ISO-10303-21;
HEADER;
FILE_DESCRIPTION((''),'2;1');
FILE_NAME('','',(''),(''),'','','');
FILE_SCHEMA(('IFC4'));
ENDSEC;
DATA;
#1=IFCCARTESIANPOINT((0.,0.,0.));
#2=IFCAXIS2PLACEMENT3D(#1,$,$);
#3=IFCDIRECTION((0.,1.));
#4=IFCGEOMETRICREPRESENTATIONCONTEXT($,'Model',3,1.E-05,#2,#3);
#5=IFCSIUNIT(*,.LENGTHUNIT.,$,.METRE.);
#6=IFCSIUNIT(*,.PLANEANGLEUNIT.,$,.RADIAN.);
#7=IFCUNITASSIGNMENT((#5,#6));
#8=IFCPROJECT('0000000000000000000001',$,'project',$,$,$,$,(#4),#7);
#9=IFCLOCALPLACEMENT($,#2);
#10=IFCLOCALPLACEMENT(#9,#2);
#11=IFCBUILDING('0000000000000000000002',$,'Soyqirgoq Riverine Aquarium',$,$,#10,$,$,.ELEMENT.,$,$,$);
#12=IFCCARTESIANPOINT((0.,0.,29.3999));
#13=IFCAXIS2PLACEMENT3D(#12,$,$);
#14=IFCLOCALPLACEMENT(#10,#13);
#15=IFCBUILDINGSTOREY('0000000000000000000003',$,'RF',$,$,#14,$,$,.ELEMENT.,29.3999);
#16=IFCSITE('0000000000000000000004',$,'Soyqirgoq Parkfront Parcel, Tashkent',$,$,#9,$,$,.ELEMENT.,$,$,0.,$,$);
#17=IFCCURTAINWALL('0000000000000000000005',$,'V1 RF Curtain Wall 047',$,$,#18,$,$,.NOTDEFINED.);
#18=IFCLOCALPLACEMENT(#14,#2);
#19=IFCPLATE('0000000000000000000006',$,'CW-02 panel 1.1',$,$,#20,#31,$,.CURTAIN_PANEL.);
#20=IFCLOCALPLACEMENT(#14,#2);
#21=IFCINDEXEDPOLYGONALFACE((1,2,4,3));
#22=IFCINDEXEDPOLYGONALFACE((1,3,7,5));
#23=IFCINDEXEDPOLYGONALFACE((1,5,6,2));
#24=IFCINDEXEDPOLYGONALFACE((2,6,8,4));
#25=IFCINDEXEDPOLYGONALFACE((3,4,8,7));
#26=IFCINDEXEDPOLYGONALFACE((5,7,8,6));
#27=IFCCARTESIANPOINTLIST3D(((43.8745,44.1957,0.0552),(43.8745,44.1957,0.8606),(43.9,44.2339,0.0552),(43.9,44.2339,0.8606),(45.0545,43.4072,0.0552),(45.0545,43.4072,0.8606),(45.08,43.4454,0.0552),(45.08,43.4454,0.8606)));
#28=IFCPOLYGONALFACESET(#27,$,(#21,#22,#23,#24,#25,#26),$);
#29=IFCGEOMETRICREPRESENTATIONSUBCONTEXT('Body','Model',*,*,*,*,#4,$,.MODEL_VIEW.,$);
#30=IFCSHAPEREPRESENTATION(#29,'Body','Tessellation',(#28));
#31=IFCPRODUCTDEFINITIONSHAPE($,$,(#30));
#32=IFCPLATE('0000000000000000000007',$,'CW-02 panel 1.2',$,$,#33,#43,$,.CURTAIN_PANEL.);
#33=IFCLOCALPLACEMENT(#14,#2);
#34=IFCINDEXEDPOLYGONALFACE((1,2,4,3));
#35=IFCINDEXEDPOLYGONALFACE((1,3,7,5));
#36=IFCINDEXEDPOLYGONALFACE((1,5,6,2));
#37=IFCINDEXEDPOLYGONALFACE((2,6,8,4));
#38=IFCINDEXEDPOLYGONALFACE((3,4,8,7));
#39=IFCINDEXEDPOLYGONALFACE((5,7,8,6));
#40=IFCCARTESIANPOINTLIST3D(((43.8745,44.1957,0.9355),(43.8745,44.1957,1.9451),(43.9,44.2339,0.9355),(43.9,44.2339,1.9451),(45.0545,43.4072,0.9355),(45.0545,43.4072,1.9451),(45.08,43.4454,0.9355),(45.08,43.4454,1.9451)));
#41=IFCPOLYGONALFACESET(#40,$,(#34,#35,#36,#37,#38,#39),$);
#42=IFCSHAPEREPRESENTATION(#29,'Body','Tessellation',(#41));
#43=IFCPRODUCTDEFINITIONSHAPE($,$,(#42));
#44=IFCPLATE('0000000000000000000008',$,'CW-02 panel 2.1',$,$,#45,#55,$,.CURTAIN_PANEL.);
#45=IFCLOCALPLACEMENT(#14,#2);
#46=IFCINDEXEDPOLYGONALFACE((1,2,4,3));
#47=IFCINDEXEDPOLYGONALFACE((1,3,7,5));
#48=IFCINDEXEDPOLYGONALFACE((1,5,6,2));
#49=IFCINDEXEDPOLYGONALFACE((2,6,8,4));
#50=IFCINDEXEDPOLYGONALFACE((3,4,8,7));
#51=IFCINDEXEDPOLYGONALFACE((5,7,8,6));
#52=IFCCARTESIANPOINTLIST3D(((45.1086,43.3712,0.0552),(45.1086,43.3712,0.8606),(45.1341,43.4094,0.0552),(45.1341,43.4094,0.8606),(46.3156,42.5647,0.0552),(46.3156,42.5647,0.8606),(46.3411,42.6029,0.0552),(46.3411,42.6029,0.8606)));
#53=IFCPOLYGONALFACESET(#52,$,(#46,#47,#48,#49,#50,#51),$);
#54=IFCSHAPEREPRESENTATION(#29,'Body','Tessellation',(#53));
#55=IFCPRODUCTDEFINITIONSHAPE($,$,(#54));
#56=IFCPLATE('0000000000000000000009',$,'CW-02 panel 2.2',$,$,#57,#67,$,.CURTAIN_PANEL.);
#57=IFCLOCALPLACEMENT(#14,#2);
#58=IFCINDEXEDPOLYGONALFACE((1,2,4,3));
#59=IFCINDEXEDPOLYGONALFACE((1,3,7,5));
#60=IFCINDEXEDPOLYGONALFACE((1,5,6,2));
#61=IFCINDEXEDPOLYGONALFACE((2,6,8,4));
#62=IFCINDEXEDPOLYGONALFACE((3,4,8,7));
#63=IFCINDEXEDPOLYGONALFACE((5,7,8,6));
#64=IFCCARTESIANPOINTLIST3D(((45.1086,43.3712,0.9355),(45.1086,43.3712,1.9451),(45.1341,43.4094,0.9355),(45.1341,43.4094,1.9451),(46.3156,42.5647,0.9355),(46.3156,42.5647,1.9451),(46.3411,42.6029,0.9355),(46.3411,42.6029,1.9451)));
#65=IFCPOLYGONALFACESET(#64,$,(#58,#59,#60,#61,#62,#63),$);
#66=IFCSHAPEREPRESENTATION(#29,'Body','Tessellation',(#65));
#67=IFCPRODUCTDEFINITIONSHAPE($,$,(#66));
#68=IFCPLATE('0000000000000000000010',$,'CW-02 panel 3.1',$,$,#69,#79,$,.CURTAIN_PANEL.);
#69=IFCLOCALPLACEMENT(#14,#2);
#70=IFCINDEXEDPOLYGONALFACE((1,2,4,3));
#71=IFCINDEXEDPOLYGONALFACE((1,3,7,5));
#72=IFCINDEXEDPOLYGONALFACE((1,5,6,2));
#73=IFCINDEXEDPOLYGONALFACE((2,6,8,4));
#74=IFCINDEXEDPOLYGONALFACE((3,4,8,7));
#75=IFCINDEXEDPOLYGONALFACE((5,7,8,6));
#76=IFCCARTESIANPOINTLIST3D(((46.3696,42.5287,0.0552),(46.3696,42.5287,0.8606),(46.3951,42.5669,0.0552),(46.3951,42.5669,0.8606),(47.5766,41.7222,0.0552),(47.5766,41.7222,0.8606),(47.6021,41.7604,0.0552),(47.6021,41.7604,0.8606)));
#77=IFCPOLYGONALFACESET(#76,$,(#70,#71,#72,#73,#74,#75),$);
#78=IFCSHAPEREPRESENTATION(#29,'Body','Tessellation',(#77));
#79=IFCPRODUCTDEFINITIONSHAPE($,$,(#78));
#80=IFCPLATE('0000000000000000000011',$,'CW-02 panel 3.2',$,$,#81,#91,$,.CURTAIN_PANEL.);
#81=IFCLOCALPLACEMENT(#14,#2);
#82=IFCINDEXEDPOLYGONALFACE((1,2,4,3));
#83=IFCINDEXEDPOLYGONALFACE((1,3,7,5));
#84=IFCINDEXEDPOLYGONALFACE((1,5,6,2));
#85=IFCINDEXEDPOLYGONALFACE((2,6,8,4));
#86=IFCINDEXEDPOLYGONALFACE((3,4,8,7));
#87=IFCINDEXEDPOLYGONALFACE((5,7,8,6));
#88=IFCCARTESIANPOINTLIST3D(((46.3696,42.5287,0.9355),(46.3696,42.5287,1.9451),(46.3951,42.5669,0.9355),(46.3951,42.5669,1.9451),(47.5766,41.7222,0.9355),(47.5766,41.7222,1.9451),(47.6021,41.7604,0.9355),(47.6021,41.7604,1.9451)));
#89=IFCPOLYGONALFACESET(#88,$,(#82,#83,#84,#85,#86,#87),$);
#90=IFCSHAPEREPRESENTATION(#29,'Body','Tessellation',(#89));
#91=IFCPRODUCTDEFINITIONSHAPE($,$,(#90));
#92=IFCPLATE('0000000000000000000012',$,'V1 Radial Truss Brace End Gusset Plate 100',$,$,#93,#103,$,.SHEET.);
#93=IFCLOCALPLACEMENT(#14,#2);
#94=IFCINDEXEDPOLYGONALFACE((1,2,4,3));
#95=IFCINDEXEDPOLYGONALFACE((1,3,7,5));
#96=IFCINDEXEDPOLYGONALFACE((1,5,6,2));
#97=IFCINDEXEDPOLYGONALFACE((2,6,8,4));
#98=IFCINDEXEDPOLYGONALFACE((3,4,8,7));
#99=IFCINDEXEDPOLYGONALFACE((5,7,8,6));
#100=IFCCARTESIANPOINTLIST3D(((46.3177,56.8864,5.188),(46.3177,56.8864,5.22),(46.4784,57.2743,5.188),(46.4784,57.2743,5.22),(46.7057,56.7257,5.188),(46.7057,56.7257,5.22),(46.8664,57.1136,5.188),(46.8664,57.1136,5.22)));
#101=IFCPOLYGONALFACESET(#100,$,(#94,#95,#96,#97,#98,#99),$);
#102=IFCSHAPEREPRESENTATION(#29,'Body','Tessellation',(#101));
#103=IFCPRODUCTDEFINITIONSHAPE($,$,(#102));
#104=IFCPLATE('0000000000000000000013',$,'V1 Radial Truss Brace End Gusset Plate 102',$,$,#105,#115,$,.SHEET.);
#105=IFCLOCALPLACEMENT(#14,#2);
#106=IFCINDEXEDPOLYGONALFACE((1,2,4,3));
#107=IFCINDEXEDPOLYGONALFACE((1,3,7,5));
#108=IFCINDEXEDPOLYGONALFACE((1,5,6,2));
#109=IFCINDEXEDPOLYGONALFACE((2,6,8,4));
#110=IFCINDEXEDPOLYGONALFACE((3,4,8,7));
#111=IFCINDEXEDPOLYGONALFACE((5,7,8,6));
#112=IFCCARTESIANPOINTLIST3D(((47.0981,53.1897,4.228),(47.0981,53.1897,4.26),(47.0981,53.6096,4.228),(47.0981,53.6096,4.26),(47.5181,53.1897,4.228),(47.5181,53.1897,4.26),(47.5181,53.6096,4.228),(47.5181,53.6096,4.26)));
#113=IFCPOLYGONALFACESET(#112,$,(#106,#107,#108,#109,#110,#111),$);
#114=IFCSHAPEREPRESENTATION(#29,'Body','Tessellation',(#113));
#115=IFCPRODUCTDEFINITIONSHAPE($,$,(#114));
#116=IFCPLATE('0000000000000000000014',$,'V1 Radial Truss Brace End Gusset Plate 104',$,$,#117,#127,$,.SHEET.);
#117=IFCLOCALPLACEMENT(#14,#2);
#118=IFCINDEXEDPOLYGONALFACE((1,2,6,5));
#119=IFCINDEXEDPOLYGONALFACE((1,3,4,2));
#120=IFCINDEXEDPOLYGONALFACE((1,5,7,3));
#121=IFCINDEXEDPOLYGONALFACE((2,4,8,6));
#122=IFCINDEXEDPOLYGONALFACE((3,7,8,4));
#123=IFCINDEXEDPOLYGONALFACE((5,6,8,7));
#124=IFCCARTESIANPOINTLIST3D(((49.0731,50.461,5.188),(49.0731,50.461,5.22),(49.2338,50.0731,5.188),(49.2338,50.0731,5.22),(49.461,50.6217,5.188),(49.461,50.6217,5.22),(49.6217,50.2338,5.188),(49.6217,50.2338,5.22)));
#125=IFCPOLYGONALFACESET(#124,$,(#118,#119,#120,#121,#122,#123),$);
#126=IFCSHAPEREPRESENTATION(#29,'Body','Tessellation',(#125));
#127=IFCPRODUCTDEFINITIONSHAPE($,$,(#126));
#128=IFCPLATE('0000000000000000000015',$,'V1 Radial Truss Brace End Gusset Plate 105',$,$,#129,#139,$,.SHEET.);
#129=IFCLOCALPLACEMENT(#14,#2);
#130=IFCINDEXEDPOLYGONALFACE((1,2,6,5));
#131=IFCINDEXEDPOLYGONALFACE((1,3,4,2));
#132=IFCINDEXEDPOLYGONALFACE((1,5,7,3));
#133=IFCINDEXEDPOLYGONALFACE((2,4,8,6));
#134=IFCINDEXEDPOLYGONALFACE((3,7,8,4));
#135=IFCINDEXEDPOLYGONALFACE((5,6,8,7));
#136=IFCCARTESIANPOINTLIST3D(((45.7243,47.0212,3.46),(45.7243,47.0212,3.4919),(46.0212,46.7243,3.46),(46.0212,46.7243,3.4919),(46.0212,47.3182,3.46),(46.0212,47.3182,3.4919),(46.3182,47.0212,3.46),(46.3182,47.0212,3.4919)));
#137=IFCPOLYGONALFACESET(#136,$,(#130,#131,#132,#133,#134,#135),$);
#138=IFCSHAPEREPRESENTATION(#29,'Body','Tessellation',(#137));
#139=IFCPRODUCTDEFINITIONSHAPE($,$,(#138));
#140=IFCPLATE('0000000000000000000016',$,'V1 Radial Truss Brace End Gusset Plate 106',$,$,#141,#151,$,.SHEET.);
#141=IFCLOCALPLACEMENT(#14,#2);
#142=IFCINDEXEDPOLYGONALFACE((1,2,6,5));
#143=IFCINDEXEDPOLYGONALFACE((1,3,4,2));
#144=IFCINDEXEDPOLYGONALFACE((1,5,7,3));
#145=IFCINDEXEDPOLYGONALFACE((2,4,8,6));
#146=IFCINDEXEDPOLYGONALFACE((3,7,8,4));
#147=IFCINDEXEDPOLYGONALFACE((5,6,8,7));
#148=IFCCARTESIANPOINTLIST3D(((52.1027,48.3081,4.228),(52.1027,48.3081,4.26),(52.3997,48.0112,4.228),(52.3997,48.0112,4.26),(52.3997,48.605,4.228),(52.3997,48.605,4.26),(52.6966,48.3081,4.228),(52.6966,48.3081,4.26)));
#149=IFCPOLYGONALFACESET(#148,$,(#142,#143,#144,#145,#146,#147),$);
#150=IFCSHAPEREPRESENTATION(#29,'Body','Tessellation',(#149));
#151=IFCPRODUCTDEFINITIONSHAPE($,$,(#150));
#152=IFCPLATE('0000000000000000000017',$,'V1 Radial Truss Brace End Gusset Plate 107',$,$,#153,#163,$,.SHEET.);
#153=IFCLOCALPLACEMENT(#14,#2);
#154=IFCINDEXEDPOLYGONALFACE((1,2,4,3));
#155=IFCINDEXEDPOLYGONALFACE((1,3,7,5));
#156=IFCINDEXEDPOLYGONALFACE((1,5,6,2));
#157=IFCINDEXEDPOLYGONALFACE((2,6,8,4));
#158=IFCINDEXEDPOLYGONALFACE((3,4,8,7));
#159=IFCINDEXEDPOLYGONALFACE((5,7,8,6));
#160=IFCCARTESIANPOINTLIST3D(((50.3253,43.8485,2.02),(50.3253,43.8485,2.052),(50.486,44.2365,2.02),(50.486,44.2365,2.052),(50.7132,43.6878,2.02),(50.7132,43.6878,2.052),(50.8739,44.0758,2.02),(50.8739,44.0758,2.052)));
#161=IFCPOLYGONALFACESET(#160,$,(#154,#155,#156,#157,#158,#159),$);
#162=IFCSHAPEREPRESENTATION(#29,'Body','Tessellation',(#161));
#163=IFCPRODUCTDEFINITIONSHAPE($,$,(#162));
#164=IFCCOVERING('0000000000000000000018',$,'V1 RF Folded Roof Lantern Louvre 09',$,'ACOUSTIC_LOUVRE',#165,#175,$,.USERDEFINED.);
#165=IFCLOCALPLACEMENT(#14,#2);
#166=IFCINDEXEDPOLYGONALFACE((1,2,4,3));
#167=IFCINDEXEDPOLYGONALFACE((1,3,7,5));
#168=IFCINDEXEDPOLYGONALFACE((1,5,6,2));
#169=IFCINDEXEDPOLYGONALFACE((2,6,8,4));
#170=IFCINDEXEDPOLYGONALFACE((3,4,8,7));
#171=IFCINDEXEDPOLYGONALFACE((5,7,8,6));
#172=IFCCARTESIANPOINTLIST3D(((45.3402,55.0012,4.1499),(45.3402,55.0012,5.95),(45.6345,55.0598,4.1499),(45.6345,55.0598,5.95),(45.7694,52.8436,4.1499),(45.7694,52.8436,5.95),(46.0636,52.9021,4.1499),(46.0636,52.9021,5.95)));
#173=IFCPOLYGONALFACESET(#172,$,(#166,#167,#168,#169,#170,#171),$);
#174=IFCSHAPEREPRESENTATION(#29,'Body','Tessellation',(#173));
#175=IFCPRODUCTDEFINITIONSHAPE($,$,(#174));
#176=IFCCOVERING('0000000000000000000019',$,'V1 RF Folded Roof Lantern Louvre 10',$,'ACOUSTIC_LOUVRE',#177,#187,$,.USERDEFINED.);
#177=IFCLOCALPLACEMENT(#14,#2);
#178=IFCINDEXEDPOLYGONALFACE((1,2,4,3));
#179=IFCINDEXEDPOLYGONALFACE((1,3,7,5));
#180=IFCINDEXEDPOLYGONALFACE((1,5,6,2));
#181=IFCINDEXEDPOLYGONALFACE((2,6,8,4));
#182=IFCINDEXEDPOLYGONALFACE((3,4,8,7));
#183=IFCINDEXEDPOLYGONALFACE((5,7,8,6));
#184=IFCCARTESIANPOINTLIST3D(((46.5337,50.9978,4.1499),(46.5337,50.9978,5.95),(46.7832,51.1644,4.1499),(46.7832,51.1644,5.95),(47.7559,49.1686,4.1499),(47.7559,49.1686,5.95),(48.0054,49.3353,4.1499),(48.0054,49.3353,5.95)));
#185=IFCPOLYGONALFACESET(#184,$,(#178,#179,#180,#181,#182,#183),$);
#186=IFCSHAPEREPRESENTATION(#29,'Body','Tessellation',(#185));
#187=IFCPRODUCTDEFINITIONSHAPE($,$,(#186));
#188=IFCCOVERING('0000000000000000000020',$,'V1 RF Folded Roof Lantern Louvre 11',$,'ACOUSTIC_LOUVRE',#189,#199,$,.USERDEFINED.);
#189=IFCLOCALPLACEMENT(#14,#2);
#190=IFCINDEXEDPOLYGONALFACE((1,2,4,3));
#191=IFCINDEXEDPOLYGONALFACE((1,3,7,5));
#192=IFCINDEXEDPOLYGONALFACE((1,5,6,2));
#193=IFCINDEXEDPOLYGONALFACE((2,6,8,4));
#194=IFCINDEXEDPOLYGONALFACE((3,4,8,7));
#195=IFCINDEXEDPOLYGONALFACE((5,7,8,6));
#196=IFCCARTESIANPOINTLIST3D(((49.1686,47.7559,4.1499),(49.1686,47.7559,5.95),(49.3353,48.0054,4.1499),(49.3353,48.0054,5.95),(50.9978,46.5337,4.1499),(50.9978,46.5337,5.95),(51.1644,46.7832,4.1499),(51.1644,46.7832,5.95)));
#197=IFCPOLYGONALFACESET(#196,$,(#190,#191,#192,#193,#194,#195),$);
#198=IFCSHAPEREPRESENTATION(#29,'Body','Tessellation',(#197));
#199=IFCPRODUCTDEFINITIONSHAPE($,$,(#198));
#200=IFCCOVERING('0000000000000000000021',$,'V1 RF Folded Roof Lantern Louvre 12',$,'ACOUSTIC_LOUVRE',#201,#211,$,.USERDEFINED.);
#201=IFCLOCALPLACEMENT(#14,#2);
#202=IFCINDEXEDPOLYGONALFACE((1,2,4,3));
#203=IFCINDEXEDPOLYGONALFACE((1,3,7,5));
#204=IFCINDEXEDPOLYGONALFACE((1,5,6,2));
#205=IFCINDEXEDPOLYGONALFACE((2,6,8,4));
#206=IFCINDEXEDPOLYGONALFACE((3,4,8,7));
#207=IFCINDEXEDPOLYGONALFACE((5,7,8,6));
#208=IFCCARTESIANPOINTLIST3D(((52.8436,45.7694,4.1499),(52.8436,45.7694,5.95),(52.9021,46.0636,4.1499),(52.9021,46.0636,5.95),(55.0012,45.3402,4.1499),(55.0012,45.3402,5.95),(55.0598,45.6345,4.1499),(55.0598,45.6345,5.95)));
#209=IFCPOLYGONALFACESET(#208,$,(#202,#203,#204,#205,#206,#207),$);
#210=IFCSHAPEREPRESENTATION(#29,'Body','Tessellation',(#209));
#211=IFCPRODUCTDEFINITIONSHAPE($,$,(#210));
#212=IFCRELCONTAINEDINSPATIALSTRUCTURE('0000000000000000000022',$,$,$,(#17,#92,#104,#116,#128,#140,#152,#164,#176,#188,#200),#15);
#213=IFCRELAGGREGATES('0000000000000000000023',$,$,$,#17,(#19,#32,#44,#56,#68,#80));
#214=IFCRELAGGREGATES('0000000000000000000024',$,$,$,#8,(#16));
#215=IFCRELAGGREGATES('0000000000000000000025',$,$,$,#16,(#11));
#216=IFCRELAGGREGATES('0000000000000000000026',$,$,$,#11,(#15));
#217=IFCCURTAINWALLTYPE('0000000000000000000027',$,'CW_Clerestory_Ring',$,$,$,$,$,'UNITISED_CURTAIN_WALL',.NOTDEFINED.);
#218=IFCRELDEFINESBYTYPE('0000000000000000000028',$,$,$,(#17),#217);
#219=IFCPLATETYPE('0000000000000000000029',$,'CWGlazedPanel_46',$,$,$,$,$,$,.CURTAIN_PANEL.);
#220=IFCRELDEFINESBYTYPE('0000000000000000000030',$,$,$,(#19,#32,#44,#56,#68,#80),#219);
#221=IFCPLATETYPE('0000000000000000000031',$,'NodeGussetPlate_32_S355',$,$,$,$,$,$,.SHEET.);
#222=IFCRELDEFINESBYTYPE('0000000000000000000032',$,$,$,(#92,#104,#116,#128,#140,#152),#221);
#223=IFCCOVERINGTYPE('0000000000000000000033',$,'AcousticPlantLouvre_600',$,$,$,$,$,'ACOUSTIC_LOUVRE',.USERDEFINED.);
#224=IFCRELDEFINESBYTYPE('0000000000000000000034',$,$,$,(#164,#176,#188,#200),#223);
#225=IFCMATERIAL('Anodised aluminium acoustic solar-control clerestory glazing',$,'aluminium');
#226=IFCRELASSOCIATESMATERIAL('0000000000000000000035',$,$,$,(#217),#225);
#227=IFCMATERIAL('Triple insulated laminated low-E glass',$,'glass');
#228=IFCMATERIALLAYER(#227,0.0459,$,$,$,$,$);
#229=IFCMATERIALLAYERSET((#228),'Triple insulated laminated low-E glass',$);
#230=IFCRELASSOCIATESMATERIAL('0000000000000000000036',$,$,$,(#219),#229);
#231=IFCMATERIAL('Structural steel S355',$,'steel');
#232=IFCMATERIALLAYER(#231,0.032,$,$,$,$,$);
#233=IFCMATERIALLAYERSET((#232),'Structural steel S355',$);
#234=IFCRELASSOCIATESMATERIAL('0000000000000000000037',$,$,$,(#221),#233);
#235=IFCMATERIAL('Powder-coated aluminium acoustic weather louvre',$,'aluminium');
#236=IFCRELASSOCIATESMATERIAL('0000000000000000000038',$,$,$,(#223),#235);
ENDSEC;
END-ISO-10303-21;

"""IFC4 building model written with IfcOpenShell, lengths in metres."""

from ifc_helpers import new_model, si_unit, direction, frame, origin, origin_2d, place, context, subcontext, project, spatial, rectangle, extrude, material, layer, layer_set, type_object, element, aggregate, save


model = new_model("IFC4")

# Units and contexts
model_context = context("Model", 3, precision=1e-05, world=origin(), true_north=direction((0.0, 1.0)))
body_context = subcontext(model_context, "Body", "Model", "MODEL_VIEW")
ifc_project = project(units=[si_unit("LENGTHUNIT", "METRE"), si_unit("PLANEANGLEUNIT", "RADIAN")], contexts=[model_context])

# Site, building, storey
site_placement = place(None, origin())
site = spatial("IfcSite", under=ifc_project, at=site_placement, Name="Soyqirgoq Parkfront Parcel, Tashkent", CompositionType="ELEMENT", RefElevation=0.0)
building_placement = place(site_placement, origin())
building = spatial("IfcBuilding", under=site, at=building_placement, Name="Soyqirgoq Riverine Aquarium", CompositionType="ELEMENT")
storey_placement = place(building_placement, frame((0.0, 0.0, 29.3999)))
storey = spatial("IfcBuildingStorey", under=building, at=storey_placement, Name="RF", CompositionType="ELEMENT", Elevation=29.3999)

# Curtain wall
ifc_material_1 = material(Name="Anodised aluminium acoustic solar-control clerestory glazing", Category="aluminium")
curtain_wall_type = type_object("IfcCurtainWallType", Name="CW_Clerestory_Ring", ElementType="UNITISED_CURTAIN_WALL", PredefinedType="NOTDEFINED", material=ifc_material_1)
curtain_wall_placement = place(storey_placement, origin())
curtain_wall = element("IfcCurtainWall", 1, at=curtain_wall_placement, inside=storey, type_object=curtain_wall_type, Name="V1 RF Curtain Wall 047", PredefinedType="NOTDEFINED")

# Plates
ifc_material_2 = material(Name="Triple insulated laminated low-E glass", Category="glass")
ifc_layer_1 = layer(ifc_material_2, 0.0459)
ifc_layer_set_1 = layer_set([ifc_layer_1], Name="Triple insulated laminated low-E glass")
plate_type_1 = type_object("IfcPlateType", Name="CWGlazedPanel_46", PredefinedType="CURTAIN_PANEL", material=ifc_layer_set_1)
plate_1_placement = place(storey_placement, frame((44.4773, 43.8206, 0.0552), z_axis=(0.0, 0.0, 1.0), x_axis=(0.831464, -0.555579, 0.0)))
plate_1 = element("IfcPlate", 2, at=plate_1_placement, type_object=plate_type_1, Name="CW-02 panel 1.1", PredefinedType="CURTAIN_PANEL", context=body_context, shape_type="SweptSolid", body=[
    extrude(rectangle(XDim=1.4192, YDim=0.0459, at=origin_2d()), origin(), (0.0, 0.0, 1.0), 0.8054),
])
plate_2_placement = place(storey_placement, frame((44.4773, 43.8206, 0.9355), z_axis=(0.0, 0.0, 1.0), x_axis=(0.831464, -0.555579, 0.0)))
plate_2 = element("IfcPlate", 3, at=plate_2_placement, type_object=plate_type_1, Name="CW-02 panel 1.2", PredefinedType="CURTAIN_PANEL", context=body_context, shape_type="SweptSolid", body=[
    extrude(rectangle(XDim=1.4192, YDim=0.0459, at=origin_2d()), origin(), (0.0, 0.0, 1.0), 1.0095),
])
plate_3_placement = place(storey_placement, frame((45.7249, 42.9871, 0.0552), z_axis=(0.0, 0.0, 1.0), x_axis=(0.831464, -0.555579, 0.0)))
plate_3 = element("IfcPlate", 4, at=plate_3_placement, type_object=plate_type_1, Name="CW-02 panel 2.1", PredefinedType="CURTAIN_PANEL", context=body_context, shape_type="SweptSolid", body=[
    extrude(rectangle(XDim=1.4517, YDim=0.0459, at=origin_2d()), origin(), (0.0, 0.0, 1.0), 0.8054),
])
plate_4_placement = place(storey_placement, frame((45.7249, 42.9871, 0.9355), z_axis=(0.0, 0.0, 1.0), x_axis=(0.831464, -0.555579, 0.0)))
plate_4 = element("IfcPlate", 5, at=plate_4_placement, type_object=plate_type_1, Name="CW-02 panel 2.2", PredefinedType="CURTAIN_PANEL", context=body_context, shape_type="SweptSolid", body=[
    extrude(rectangle(XDim=1.4517, YDim=0.0459, at=origin_2d()), origin(), (0.0, 0.0, 1.0), 1.0095),
])
plate_5_placement = place(storey_placement, frame((46.9858, 42.1445, 0.0552), z_axis=(0.0, 0.0, 1.0), x_axis=(0.831464, -0.555579, 0.0)))
plate_5 = element("IfcPlate", 6, at=plate_5_placement, type_object=plate_type_1, Name="CW-02 panel 3.1", PredefinedType="CURTAIN_PANEL", context=body_context, shape_type="SweptSolid", body=[
    extrude(rectangle(XDim=1.4517, YDim=0.0459, at=origin_2d()), origin(), (0.0, 0.0, 1.0), 0.8054),
])
plate_6_placement = place(storey_placement, frame((46.9858, 42.1445, 0.9355), z_axis=(0.0, 0.0, 1.0), x_axis=(0.831464, -0.555579, 0.0)))
plate_6 = element("IfcPlate", 7, at=plate_6_placement, type_object=plate_type_1, Name="CW-02 panel 3.2", PredefinedType="CURTAIN_PANEL", context=body_context, shape_type="SweptSolid", body=[
    extrude(rectangle(XDim=1.4517, YDim=0.0459, at=origin_2d()), origin(), (0.0, 0.0, 1.0), 1.0095),
])
aggregate(curtain_wall, [plate_1, plate_2, plate_3, plate_4, plate_5, plate_6])

# Plates
ifc_material_3 = material(Name="Structural steel S355", Category="steel")
ifc_layer_2 = layer(ifc_material_3, 0.032)
ifc_layer_set_2 = layer_set([ifc_layer_2], Name="Structural steel S355")
plate_type_2 = type_object("IfcPlateType", Name="NodeGussetPlate_32_S355", PredefinedType="SHEET", material=ifc_layer_set_2)
for number, where, z_axis, x_axis, name in (
    (8, (46.592, 57.0, 5.188), (0.0, 0.0, 1.0), (-0.92388, 0.382683, 0.0), "V1 Radial Truss Brace End Gusset Plate 100"),
    (9, (47.3081, 53.3997, 4.228), (0.0, 0.0, 1.0), (-1.0, 0.0, 0.0), "V1 Radial Truss Brace End Gusset Plate 102"),
    (10, (49.3474, 50.3474, 5.188), (0.0, 0.0, 1.0), (-0.92388, -0.382683, 0.0), "V1 Radial Truss Brace End Gusset Plate 104"),
    (11, (46.0212, 47.0212, 3.46), (0.0, 0.0, 1.0), (-0.707107, -0.707107, 0.0), "V1 Radial Truss Brace End Gusset Plate 105"),
    (12, (52.3997, 48.3081, 4.228), (0.0, 0.0, 1.0), (-0.707107, -0.707107, 0.0), "V1 Radial Truss Brace End Gusset Plate 106"),
    (13, (50.5996, 43.9622, 2.02), (0.0, 0.0, 1.0), (-0.382683, -0.92388, 0.0), "V1 Radial Truss Brace End Gusset Plate 107"),
):
    element("IfcPlate", number, at=place(storey_placement, frame(where, z_axis=z_axis, x_axis=x_axis)), inside=storey, type_object=plate_type_2, Name=name, PredefinedType="SHEET", context=body_context, shape_type="SweptSolid", body=[
        extrude(rectangle(XDim=0.4199, YDim=0.4199, at=origin_2d()), origin(), (0.0, 0.0, 1.0), 0.032),
    ])

# Coverings
ifc_material_4 = material(Name="Powder-coated aluminium acoustic weather louvre", Category="aluminium")
covering_type = type_object("IfcCoveringType", Name="AcousticPlantLouvre_600", ElementType="ACOUSTIC_LOUVRE", PredefinedType="USERDEFINED", material=ifc_material_4)
for number, where, z_axis, x_axis, name in (
    (14, (45.7019, 53.9517, 4.1499), (0.0, 0.0, 1.0), (0.19509, -0.980785, 0.0), "V1 RF Folded Roof Lantern Louvre 09"),
    (15, (47.2695, 50.1665, 4.1499), (0.0, 0.0, 1.0), (0.55557, -0.83147, 0.0), "V1 RF Folded Roof Lantern Louvre 10"),
    (16, (50.1665, 47.2695, 4.1499), (0.0, 0.0, 1.0), (0.83147, -0.55557, 0.0), "V1 RF Folded Roof Lantern Louvre 11"),
    (17, (53.9517, 45.7019, 4.1499), (0.0, 0.0, 1.0), (0.980785, -0.19509, 0.0), "V1 RF Folded Roof Lantern Louvre 12"),
):
    element("IfcCovering", number, at=place(storey_placement, frame(where, z_axis=z_axis, x_axis=x_axis)), inside=storey, type_object=covering_type, Name=name, ObjectType="ACOUSTIC_LOUVRE", PredefinedType="USERDEFINED", context=body_context, shape_type="SweptSolid", body=[
        extrude(rectangle(XDim=2.2, YDim=0.3, at=origin_2d()), origin(), (0.0, 0.0, 1.0), 1.8),
    ])

save(model, "model.ifc")
